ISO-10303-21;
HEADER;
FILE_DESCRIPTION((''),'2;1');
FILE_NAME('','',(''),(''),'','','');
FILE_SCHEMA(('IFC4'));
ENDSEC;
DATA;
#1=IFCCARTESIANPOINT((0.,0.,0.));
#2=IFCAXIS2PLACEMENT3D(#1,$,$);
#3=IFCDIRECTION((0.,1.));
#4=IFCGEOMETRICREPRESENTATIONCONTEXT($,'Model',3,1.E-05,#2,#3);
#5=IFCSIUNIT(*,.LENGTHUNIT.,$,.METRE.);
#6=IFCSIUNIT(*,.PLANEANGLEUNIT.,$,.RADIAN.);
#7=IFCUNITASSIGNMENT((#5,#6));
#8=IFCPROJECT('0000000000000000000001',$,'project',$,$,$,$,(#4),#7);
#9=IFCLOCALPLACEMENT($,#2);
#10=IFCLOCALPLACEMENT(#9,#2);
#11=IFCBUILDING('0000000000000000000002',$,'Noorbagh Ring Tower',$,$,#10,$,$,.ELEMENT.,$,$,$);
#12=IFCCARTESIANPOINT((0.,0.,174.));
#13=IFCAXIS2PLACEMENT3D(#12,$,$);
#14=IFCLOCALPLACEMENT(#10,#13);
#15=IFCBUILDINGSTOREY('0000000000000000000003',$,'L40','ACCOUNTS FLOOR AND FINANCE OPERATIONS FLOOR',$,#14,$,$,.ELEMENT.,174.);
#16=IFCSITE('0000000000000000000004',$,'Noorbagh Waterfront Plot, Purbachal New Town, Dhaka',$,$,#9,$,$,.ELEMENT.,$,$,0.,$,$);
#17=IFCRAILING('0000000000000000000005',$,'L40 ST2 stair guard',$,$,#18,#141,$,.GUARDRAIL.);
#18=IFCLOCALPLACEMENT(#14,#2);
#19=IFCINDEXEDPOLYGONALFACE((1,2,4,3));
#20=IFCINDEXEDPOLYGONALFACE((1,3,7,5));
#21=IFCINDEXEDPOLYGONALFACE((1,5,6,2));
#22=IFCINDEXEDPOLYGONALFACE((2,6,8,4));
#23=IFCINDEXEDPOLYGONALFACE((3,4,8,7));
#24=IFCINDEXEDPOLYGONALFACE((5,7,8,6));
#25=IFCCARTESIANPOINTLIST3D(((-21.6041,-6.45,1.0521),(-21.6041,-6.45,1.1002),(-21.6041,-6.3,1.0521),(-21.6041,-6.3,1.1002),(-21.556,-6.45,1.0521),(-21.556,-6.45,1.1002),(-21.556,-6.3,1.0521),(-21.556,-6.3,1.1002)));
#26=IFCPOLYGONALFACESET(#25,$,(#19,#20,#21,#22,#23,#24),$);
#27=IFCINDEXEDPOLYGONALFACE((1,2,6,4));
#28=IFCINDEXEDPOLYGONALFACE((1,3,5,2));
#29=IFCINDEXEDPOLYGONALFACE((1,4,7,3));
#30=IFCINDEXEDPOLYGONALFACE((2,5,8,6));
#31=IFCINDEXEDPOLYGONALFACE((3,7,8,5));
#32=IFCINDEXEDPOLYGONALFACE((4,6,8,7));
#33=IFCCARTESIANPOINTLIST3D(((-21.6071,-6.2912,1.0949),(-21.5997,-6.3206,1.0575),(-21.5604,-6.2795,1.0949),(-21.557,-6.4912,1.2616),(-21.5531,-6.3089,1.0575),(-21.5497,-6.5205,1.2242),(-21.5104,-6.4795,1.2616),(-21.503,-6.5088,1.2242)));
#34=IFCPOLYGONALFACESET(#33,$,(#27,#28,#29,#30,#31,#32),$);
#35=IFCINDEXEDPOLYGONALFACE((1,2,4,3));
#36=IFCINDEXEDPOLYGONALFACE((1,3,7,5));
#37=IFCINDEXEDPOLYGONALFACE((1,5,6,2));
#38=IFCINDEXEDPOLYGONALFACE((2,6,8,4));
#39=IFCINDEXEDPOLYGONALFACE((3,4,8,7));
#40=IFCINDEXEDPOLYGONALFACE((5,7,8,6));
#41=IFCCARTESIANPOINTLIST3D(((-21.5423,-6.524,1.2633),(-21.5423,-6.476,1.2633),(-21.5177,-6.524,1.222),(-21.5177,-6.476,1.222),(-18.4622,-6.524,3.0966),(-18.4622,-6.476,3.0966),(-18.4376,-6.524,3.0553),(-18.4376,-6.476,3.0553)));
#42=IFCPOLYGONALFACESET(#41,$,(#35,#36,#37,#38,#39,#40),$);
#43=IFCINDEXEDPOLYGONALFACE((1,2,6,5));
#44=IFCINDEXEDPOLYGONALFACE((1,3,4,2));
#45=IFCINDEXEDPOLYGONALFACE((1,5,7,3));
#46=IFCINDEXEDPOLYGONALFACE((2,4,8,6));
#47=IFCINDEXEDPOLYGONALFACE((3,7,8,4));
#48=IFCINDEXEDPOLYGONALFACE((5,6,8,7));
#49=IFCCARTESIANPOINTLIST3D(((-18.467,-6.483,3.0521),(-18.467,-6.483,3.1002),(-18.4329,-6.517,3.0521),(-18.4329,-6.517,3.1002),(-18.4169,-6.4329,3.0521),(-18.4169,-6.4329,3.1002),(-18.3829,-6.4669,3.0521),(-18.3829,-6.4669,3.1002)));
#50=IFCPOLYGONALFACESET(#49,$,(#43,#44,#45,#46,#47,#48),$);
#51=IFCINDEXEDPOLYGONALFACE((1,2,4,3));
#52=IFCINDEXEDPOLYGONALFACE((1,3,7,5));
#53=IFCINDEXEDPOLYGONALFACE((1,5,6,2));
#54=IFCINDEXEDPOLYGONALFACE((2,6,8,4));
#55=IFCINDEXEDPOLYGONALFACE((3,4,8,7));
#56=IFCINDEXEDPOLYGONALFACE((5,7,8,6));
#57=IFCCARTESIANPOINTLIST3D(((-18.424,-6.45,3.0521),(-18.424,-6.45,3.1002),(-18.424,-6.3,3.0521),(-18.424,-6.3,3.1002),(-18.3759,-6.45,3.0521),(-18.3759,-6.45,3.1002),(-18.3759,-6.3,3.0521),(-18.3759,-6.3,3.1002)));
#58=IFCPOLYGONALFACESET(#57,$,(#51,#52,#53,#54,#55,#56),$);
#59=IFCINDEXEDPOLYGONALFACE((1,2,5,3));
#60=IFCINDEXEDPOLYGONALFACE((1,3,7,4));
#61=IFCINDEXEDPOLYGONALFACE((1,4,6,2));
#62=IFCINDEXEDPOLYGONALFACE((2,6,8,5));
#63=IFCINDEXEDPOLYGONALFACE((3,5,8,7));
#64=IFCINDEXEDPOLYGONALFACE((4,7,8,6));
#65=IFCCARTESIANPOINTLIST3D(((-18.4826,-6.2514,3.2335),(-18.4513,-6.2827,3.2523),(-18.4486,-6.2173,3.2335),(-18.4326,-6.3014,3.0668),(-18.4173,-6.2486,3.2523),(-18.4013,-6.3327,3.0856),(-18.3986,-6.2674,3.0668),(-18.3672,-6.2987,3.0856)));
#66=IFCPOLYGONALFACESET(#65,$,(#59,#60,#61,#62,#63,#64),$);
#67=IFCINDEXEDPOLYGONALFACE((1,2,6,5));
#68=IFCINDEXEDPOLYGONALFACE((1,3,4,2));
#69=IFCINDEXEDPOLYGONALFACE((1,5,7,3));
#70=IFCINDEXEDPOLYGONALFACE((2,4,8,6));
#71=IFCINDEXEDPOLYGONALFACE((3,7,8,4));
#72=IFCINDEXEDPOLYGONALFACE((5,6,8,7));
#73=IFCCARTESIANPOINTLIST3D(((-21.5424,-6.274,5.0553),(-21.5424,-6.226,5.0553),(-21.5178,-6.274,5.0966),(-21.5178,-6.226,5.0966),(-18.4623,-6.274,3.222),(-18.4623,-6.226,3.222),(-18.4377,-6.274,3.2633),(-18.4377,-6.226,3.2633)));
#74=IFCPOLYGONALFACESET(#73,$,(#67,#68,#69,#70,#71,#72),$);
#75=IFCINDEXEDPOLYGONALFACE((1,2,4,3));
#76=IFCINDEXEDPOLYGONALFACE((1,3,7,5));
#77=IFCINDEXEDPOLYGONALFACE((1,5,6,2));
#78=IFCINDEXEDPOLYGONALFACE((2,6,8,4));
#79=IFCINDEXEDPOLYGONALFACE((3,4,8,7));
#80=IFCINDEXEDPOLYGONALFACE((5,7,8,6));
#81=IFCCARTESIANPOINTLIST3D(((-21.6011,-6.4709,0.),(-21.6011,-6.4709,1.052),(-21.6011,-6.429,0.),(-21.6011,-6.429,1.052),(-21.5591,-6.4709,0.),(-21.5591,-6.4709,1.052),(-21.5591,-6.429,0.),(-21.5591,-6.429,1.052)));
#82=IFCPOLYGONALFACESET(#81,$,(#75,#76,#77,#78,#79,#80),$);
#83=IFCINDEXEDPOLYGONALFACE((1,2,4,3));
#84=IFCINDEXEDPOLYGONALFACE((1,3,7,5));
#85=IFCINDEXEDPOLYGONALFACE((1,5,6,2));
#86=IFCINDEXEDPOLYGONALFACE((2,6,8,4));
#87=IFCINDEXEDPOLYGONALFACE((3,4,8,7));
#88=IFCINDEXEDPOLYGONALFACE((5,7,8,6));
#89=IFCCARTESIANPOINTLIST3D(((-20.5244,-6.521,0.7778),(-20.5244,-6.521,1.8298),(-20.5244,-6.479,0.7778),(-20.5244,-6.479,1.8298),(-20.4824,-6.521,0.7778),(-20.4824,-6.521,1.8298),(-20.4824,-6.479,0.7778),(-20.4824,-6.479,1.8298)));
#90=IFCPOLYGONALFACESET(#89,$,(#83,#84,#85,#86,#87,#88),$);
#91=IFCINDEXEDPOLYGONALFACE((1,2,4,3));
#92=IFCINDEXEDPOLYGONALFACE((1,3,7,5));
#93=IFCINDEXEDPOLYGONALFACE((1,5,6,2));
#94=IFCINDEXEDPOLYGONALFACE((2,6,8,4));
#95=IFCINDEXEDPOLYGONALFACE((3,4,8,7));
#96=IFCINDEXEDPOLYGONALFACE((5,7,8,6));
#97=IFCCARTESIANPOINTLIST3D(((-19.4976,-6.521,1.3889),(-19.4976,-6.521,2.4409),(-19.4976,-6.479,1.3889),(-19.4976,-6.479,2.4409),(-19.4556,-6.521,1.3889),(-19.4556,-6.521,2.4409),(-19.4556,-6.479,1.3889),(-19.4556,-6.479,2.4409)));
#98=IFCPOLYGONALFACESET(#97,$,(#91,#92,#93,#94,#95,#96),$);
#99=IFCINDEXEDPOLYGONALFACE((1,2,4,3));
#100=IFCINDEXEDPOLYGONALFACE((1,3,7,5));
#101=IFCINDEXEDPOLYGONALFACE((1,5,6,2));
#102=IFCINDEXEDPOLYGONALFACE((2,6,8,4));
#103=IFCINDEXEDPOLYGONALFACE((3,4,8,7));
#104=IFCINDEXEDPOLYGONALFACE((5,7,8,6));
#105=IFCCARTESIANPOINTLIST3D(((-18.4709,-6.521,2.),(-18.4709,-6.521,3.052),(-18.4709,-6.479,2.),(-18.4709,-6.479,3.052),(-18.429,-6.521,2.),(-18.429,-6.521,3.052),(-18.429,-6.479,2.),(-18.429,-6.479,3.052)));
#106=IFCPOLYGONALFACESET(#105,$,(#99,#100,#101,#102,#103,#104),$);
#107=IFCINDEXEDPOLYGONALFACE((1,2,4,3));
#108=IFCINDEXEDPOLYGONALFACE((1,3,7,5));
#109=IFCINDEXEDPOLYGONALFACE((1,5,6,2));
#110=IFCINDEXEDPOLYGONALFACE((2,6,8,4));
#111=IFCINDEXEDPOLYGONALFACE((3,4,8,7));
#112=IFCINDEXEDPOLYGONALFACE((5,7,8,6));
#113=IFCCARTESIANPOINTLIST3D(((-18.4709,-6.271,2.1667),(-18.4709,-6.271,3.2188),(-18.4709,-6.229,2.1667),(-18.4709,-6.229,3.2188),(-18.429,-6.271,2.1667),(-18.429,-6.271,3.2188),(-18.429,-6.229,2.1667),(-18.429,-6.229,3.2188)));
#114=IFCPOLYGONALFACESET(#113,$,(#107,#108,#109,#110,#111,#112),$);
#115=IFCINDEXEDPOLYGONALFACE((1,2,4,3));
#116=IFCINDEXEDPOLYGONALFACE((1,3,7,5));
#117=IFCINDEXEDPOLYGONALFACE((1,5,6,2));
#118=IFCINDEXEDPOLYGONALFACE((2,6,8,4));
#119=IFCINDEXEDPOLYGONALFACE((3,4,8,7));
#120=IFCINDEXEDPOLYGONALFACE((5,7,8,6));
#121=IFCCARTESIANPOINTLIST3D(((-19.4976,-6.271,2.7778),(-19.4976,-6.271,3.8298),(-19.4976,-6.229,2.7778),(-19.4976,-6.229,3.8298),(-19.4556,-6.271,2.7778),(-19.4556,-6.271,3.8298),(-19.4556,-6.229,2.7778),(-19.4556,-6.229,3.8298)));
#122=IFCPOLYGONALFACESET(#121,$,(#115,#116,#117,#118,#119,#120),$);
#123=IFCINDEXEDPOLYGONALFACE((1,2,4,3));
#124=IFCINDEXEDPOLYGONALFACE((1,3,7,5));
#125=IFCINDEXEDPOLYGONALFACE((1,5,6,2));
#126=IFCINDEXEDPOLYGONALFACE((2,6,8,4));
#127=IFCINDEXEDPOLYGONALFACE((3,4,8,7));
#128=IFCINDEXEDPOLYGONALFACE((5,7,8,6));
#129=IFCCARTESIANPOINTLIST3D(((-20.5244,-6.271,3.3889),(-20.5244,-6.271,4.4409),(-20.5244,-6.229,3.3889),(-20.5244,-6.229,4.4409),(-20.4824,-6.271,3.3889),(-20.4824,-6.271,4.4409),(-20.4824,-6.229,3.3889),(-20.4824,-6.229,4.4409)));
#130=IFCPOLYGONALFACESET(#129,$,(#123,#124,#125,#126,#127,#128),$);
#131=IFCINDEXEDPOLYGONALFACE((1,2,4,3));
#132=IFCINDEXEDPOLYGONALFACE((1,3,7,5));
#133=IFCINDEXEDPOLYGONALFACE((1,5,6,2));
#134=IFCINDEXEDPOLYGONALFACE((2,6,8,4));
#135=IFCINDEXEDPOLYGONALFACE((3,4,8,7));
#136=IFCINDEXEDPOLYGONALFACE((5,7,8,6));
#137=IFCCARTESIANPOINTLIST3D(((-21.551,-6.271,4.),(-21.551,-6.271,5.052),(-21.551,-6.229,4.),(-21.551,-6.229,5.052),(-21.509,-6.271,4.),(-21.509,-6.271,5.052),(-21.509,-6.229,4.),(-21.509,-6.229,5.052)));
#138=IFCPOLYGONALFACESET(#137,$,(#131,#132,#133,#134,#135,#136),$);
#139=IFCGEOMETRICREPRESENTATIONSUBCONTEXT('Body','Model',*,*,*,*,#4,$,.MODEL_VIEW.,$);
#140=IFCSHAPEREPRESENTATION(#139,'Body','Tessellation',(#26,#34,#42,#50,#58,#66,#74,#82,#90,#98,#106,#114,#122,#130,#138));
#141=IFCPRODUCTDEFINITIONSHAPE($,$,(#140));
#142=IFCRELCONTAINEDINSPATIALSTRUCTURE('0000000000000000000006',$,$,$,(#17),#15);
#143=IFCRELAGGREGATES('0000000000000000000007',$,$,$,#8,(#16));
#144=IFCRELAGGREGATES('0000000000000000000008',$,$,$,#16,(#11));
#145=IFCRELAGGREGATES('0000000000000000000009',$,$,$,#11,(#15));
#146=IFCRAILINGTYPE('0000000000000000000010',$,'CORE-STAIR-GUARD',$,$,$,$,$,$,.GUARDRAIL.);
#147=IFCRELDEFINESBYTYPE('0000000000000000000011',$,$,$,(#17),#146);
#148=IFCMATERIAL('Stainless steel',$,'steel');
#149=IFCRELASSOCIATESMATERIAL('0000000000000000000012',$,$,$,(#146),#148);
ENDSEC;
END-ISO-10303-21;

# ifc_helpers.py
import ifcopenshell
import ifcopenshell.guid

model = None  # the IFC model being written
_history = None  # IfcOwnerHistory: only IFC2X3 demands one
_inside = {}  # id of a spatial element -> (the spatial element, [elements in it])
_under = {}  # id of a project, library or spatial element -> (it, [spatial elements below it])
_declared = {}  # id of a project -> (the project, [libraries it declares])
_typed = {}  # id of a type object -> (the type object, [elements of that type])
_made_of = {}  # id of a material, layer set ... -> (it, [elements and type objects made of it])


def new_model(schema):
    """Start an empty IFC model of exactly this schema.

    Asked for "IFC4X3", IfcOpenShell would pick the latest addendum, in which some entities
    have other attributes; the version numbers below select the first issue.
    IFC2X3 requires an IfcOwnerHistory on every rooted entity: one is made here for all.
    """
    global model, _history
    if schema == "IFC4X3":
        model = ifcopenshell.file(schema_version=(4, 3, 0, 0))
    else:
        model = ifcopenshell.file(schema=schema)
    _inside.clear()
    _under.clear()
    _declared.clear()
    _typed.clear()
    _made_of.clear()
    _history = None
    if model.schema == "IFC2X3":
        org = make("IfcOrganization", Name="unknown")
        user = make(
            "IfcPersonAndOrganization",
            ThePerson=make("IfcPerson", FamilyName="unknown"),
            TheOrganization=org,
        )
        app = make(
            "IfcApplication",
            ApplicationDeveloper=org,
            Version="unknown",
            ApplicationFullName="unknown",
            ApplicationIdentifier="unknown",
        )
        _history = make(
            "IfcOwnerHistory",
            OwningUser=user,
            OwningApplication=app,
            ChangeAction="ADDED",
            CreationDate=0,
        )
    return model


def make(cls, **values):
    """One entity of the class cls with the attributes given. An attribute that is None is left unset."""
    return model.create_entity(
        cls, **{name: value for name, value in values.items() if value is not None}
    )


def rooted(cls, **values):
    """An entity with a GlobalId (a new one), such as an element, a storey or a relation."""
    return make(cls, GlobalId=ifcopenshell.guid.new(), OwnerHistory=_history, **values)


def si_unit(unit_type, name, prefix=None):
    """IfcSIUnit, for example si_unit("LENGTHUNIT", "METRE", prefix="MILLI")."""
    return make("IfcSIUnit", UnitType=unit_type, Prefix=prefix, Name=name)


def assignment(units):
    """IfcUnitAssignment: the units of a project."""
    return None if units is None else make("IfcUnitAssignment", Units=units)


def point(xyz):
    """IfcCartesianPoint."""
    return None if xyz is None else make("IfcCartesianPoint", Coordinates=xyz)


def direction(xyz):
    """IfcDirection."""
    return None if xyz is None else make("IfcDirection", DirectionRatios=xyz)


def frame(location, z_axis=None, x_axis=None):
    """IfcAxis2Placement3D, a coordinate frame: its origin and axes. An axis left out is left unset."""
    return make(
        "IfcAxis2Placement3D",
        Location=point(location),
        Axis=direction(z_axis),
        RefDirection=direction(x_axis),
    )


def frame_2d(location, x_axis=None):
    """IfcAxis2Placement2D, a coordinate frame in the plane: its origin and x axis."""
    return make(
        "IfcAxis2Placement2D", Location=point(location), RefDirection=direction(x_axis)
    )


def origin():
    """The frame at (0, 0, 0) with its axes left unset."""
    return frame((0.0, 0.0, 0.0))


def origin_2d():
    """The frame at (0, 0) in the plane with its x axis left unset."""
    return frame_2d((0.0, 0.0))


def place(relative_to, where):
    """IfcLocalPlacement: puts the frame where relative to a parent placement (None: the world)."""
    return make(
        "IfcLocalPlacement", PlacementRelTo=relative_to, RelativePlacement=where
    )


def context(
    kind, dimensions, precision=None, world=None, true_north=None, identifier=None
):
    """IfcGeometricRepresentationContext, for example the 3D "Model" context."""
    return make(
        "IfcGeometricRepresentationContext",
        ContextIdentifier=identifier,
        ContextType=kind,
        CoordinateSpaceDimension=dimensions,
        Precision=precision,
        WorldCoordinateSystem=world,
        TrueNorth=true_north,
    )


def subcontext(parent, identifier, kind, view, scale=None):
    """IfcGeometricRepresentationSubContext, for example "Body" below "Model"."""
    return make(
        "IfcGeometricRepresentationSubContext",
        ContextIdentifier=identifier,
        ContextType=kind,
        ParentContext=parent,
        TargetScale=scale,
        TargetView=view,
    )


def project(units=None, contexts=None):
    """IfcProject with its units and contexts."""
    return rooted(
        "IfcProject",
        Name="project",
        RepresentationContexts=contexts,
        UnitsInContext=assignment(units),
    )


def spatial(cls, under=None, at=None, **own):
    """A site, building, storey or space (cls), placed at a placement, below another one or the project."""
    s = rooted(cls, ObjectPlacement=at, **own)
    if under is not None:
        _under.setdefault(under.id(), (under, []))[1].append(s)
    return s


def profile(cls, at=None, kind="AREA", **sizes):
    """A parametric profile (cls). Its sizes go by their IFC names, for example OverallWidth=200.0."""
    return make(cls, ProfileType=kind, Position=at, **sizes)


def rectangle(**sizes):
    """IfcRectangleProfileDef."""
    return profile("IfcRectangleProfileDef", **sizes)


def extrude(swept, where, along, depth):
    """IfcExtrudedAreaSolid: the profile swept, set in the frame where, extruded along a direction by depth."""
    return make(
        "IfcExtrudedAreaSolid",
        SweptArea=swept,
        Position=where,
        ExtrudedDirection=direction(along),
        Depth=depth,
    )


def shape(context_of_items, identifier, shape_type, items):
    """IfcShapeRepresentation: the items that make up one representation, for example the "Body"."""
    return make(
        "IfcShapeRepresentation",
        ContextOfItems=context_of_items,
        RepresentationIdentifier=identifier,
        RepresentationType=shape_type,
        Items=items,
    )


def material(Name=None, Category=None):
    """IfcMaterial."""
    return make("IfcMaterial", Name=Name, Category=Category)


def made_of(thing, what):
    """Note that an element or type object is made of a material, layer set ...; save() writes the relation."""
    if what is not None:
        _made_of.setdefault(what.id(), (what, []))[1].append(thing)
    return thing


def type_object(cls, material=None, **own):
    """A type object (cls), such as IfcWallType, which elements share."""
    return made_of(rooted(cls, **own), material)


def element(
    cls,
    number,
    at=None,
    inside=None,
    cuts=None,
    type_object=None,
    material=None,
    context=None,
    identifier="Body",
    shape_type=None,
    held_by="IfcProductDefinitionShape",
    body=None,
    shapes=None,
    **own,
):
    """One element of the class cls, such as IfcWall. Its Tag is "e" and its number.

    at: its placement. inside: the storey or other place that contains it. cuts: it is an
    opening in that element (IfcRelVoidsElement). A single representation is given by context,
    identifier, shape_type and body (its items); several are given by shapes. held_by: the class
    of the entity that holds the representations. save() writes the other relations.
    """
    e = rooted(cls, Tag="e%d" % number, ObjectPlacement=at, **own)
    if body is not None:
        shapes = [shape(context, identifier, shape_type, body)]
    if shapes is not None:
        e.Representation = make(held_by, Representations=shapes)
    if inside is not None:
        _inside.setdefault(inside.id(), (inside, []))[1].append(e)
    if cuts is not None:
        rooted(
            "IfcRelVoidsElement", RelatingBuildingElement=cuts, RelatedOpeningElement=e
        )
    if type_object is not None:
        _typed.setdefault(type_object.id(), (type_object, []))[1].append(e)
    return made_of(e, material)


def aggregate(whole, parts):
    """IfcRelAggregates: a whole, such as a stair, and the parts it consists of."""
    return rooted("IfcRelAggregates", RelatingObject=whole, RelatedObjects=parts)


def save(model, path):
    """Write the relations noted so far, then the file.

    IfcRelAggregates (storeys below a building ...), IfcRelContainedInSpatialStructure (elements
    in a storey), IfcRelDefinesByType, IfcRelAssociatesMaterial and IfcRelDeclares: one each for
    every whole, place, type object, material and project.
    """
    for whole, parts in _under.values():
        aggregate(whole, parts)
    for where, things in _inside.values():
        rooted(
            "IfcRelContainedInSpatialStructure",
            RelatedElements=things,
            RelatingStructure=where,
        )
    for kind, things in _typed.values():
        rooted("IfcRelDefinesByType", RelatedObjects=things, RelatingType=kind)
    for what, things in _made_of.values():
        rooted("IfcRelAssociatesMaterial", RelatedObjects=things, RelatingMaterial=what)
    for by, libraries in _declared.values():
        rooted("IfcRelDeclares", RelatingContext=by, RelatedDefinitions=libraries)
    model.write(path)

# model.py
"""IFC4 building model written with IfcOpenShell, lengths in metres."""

from ifc_helpers import new_model, si_unit, direction, frame, origin, origin_2d, place, context, subcontext, project, spatial, rectangle, extrude, material, type_object, element, save


model = new_model("IFC4")

# Units and contexts
model_context = context("Model", 3, precision=1e-05, world=origin(), true_north=direction((0.0, 1.0)))
body_context = subcontext(model_context, "Body", "Model", "MODEL_VIEW")
ifc_project = project(units=[si_unit("LENGTHUNIT", "METRE"), si_unit("PLANEANGLEUNIT", "RADIAN")], contexts=[model_context])

# Site, building, storey
site_placement = place(None, origin())
site = spatial("IfcSite", under=ifc_project, at=site_placement, Name="Noorbagh Waterfront Plot, Purbachal New Town, Dhaka", CompositionType="ELEMENT", RefElevation=0.0)
building_placement = place(site_placement, origin())
building = spatial("IfcBuilding", under=site, at=building_placement, Name="Noorbagh Ring Tower", CompositionType="ELEMENT")
storey_placement = place(building_placement, frame((0.0, 0.0, 174.0)))
storey = spatial("IfcBuildingStorey", under=building, at=storey_placement, Name="L40", Description="ACCOUNTS FLOOR AND FINANCE OPERATIONS FLOOR", CompositionType="ELEMENT", Elevation=174.0)

# Railing
ifc_material_1 = material(Name="Stainless steel", Category="steel")
railing_type_1 = type_object("IfcRailingType", Name="CORE-STAIR-GUARD", PredefinedType="GUARDRAIL", material=ifc_material_1)
railing_1_placement = place(storey_placement, frame((-21.5801, -6.45, 0.0)))
element("IfcRailing", 1, at=railing_1_placement, inside=storey, type_object=railing_type_1, Name="L40 ST2 stair guard", PredefinedType="GUARDRAIL", context=body_context, shape_type="SweptSolid", body=[
    extrude(rectangle(XDim=0.0481, YDim=0.0481, at=origin_2d()), frame((0.0, 0.0, 1.0762), z_axis=(0.0, 1.0, 0.0), x_axis=(-1.0, 0.0, 0.0)), (0.0, 0.0, 1.0), 0.1499),
    extrude(rectangle(XDim=0.0481, YDim=0.0481, at=origin_2d()), frame((0.0, 0.1499, 1.0762), z_axis=(0.188776, -0.754182, 0.628946), x_axis=(0.970073, 0.242814, 0.0)), (0.0, 0.0, 1.0), 0.2651),
    extrude(rectangle(XDim=0.0481, YDim=0.0481, at=origin_2d()), frame((0.05, -0.05, 1.2427), z_axis=(0.859309, 0.0, 0.511458), x_axis=(0.0, 1.0, 0.0)), (0.0, 0.0, 1.0), 3.5845),
    extrude(rectangle(XDim=0.0481, YDim=0.0481, at=origin_2d()), frame((3.1301, -0.05, 3.0762), z_axis=(0.707107, 0.707107, 0.0), x_axis=(-0.707107, 0.707107, 0.0)), (0.0, 0.0, 1.0), 0.0708),
    extrude(rectangle(XDim=0.0481, YDim=0.0481, at=origin_2d()), frame((3.1802, 0.0, 3.0762), z_axis=(0.0, 1.0, 0.0), x_axis=(-1.0, 0.0, 0.0)), (0.0, 0.0, 1.0), 0.1499),
    extrude(rectangle(XDim=0.0481, YDim=0.0481, at=origin_2d()), frame((3.1802, 0.1499, 3.0762), z_axis=(-0.276287, 0.276287, 0.920506), x_axis=(-0.707107, -0.707107, 0.0)), (0.0, 0.0, 1.0), 0.1812),
    extrude(rectangle(XDim=0.0481, YDim=0.0481, at=origin_2d()), frame((3.1301, 0.2, 3.2427), z_axis=(-0.859309, 0.0, 0.511458), x_axis=(0.0, -1.0, 0.0)), (0.0, 0.0, 1.0), 3.5845),
    extrude(rectangle(XDim=0.042, YDim=0.042, at=origin_2d()), origin(), (0.0, 0.0, 1.0), 1.052),
    extrude(rectangle(XDim=0.042, YDim=0.042, at=origin_2d()), frame((1.0767, -0.05, 0.7778)), (0.0, 0.0, 1.0), 1.052),
    extrude(rectangle(XDim=0.042, YDim=0.042, at=origin_2d()), frame((2.1035, -0.05, 1.3889)), (0.0, 0.0, 1.0), 1.052),
    extrude(rectangle(XDim=0.042, YDim=0.042, at=origin_2d()), frame((3.1301, -0.05, 2.0)), (0.0, 0.0, 1.0), 1.052),
    extrude(rectangle(XDim=0.042, YDim=0.042, at=origin_2d()), frame((3.1301, 0.2, 2.1667)), (0.0, 0.0, 1.0), 1.052),
    extrude(rectangle(XDim=0.042, YDim=0.042, at=origin_2d()), frame((2.1035, 0.2, 2.7778)), (0.0, 0.0, 1.0), 1.052),
    extrude(rectangle(XDim=0.042, YDim=0.042, at=origin_2d()), frame((1.0767, 0.2, 3.3889)), (0.0, 0.0, 1.0), 1.052),
    extrude(rectangle(XDim=0.042, YDim=0.042, at=origin_2d()), frame((0.05, 0.2, 4.0)), (0.0, 0.0, 1.0), 1.052),
])

save(model, "model.ifc")
